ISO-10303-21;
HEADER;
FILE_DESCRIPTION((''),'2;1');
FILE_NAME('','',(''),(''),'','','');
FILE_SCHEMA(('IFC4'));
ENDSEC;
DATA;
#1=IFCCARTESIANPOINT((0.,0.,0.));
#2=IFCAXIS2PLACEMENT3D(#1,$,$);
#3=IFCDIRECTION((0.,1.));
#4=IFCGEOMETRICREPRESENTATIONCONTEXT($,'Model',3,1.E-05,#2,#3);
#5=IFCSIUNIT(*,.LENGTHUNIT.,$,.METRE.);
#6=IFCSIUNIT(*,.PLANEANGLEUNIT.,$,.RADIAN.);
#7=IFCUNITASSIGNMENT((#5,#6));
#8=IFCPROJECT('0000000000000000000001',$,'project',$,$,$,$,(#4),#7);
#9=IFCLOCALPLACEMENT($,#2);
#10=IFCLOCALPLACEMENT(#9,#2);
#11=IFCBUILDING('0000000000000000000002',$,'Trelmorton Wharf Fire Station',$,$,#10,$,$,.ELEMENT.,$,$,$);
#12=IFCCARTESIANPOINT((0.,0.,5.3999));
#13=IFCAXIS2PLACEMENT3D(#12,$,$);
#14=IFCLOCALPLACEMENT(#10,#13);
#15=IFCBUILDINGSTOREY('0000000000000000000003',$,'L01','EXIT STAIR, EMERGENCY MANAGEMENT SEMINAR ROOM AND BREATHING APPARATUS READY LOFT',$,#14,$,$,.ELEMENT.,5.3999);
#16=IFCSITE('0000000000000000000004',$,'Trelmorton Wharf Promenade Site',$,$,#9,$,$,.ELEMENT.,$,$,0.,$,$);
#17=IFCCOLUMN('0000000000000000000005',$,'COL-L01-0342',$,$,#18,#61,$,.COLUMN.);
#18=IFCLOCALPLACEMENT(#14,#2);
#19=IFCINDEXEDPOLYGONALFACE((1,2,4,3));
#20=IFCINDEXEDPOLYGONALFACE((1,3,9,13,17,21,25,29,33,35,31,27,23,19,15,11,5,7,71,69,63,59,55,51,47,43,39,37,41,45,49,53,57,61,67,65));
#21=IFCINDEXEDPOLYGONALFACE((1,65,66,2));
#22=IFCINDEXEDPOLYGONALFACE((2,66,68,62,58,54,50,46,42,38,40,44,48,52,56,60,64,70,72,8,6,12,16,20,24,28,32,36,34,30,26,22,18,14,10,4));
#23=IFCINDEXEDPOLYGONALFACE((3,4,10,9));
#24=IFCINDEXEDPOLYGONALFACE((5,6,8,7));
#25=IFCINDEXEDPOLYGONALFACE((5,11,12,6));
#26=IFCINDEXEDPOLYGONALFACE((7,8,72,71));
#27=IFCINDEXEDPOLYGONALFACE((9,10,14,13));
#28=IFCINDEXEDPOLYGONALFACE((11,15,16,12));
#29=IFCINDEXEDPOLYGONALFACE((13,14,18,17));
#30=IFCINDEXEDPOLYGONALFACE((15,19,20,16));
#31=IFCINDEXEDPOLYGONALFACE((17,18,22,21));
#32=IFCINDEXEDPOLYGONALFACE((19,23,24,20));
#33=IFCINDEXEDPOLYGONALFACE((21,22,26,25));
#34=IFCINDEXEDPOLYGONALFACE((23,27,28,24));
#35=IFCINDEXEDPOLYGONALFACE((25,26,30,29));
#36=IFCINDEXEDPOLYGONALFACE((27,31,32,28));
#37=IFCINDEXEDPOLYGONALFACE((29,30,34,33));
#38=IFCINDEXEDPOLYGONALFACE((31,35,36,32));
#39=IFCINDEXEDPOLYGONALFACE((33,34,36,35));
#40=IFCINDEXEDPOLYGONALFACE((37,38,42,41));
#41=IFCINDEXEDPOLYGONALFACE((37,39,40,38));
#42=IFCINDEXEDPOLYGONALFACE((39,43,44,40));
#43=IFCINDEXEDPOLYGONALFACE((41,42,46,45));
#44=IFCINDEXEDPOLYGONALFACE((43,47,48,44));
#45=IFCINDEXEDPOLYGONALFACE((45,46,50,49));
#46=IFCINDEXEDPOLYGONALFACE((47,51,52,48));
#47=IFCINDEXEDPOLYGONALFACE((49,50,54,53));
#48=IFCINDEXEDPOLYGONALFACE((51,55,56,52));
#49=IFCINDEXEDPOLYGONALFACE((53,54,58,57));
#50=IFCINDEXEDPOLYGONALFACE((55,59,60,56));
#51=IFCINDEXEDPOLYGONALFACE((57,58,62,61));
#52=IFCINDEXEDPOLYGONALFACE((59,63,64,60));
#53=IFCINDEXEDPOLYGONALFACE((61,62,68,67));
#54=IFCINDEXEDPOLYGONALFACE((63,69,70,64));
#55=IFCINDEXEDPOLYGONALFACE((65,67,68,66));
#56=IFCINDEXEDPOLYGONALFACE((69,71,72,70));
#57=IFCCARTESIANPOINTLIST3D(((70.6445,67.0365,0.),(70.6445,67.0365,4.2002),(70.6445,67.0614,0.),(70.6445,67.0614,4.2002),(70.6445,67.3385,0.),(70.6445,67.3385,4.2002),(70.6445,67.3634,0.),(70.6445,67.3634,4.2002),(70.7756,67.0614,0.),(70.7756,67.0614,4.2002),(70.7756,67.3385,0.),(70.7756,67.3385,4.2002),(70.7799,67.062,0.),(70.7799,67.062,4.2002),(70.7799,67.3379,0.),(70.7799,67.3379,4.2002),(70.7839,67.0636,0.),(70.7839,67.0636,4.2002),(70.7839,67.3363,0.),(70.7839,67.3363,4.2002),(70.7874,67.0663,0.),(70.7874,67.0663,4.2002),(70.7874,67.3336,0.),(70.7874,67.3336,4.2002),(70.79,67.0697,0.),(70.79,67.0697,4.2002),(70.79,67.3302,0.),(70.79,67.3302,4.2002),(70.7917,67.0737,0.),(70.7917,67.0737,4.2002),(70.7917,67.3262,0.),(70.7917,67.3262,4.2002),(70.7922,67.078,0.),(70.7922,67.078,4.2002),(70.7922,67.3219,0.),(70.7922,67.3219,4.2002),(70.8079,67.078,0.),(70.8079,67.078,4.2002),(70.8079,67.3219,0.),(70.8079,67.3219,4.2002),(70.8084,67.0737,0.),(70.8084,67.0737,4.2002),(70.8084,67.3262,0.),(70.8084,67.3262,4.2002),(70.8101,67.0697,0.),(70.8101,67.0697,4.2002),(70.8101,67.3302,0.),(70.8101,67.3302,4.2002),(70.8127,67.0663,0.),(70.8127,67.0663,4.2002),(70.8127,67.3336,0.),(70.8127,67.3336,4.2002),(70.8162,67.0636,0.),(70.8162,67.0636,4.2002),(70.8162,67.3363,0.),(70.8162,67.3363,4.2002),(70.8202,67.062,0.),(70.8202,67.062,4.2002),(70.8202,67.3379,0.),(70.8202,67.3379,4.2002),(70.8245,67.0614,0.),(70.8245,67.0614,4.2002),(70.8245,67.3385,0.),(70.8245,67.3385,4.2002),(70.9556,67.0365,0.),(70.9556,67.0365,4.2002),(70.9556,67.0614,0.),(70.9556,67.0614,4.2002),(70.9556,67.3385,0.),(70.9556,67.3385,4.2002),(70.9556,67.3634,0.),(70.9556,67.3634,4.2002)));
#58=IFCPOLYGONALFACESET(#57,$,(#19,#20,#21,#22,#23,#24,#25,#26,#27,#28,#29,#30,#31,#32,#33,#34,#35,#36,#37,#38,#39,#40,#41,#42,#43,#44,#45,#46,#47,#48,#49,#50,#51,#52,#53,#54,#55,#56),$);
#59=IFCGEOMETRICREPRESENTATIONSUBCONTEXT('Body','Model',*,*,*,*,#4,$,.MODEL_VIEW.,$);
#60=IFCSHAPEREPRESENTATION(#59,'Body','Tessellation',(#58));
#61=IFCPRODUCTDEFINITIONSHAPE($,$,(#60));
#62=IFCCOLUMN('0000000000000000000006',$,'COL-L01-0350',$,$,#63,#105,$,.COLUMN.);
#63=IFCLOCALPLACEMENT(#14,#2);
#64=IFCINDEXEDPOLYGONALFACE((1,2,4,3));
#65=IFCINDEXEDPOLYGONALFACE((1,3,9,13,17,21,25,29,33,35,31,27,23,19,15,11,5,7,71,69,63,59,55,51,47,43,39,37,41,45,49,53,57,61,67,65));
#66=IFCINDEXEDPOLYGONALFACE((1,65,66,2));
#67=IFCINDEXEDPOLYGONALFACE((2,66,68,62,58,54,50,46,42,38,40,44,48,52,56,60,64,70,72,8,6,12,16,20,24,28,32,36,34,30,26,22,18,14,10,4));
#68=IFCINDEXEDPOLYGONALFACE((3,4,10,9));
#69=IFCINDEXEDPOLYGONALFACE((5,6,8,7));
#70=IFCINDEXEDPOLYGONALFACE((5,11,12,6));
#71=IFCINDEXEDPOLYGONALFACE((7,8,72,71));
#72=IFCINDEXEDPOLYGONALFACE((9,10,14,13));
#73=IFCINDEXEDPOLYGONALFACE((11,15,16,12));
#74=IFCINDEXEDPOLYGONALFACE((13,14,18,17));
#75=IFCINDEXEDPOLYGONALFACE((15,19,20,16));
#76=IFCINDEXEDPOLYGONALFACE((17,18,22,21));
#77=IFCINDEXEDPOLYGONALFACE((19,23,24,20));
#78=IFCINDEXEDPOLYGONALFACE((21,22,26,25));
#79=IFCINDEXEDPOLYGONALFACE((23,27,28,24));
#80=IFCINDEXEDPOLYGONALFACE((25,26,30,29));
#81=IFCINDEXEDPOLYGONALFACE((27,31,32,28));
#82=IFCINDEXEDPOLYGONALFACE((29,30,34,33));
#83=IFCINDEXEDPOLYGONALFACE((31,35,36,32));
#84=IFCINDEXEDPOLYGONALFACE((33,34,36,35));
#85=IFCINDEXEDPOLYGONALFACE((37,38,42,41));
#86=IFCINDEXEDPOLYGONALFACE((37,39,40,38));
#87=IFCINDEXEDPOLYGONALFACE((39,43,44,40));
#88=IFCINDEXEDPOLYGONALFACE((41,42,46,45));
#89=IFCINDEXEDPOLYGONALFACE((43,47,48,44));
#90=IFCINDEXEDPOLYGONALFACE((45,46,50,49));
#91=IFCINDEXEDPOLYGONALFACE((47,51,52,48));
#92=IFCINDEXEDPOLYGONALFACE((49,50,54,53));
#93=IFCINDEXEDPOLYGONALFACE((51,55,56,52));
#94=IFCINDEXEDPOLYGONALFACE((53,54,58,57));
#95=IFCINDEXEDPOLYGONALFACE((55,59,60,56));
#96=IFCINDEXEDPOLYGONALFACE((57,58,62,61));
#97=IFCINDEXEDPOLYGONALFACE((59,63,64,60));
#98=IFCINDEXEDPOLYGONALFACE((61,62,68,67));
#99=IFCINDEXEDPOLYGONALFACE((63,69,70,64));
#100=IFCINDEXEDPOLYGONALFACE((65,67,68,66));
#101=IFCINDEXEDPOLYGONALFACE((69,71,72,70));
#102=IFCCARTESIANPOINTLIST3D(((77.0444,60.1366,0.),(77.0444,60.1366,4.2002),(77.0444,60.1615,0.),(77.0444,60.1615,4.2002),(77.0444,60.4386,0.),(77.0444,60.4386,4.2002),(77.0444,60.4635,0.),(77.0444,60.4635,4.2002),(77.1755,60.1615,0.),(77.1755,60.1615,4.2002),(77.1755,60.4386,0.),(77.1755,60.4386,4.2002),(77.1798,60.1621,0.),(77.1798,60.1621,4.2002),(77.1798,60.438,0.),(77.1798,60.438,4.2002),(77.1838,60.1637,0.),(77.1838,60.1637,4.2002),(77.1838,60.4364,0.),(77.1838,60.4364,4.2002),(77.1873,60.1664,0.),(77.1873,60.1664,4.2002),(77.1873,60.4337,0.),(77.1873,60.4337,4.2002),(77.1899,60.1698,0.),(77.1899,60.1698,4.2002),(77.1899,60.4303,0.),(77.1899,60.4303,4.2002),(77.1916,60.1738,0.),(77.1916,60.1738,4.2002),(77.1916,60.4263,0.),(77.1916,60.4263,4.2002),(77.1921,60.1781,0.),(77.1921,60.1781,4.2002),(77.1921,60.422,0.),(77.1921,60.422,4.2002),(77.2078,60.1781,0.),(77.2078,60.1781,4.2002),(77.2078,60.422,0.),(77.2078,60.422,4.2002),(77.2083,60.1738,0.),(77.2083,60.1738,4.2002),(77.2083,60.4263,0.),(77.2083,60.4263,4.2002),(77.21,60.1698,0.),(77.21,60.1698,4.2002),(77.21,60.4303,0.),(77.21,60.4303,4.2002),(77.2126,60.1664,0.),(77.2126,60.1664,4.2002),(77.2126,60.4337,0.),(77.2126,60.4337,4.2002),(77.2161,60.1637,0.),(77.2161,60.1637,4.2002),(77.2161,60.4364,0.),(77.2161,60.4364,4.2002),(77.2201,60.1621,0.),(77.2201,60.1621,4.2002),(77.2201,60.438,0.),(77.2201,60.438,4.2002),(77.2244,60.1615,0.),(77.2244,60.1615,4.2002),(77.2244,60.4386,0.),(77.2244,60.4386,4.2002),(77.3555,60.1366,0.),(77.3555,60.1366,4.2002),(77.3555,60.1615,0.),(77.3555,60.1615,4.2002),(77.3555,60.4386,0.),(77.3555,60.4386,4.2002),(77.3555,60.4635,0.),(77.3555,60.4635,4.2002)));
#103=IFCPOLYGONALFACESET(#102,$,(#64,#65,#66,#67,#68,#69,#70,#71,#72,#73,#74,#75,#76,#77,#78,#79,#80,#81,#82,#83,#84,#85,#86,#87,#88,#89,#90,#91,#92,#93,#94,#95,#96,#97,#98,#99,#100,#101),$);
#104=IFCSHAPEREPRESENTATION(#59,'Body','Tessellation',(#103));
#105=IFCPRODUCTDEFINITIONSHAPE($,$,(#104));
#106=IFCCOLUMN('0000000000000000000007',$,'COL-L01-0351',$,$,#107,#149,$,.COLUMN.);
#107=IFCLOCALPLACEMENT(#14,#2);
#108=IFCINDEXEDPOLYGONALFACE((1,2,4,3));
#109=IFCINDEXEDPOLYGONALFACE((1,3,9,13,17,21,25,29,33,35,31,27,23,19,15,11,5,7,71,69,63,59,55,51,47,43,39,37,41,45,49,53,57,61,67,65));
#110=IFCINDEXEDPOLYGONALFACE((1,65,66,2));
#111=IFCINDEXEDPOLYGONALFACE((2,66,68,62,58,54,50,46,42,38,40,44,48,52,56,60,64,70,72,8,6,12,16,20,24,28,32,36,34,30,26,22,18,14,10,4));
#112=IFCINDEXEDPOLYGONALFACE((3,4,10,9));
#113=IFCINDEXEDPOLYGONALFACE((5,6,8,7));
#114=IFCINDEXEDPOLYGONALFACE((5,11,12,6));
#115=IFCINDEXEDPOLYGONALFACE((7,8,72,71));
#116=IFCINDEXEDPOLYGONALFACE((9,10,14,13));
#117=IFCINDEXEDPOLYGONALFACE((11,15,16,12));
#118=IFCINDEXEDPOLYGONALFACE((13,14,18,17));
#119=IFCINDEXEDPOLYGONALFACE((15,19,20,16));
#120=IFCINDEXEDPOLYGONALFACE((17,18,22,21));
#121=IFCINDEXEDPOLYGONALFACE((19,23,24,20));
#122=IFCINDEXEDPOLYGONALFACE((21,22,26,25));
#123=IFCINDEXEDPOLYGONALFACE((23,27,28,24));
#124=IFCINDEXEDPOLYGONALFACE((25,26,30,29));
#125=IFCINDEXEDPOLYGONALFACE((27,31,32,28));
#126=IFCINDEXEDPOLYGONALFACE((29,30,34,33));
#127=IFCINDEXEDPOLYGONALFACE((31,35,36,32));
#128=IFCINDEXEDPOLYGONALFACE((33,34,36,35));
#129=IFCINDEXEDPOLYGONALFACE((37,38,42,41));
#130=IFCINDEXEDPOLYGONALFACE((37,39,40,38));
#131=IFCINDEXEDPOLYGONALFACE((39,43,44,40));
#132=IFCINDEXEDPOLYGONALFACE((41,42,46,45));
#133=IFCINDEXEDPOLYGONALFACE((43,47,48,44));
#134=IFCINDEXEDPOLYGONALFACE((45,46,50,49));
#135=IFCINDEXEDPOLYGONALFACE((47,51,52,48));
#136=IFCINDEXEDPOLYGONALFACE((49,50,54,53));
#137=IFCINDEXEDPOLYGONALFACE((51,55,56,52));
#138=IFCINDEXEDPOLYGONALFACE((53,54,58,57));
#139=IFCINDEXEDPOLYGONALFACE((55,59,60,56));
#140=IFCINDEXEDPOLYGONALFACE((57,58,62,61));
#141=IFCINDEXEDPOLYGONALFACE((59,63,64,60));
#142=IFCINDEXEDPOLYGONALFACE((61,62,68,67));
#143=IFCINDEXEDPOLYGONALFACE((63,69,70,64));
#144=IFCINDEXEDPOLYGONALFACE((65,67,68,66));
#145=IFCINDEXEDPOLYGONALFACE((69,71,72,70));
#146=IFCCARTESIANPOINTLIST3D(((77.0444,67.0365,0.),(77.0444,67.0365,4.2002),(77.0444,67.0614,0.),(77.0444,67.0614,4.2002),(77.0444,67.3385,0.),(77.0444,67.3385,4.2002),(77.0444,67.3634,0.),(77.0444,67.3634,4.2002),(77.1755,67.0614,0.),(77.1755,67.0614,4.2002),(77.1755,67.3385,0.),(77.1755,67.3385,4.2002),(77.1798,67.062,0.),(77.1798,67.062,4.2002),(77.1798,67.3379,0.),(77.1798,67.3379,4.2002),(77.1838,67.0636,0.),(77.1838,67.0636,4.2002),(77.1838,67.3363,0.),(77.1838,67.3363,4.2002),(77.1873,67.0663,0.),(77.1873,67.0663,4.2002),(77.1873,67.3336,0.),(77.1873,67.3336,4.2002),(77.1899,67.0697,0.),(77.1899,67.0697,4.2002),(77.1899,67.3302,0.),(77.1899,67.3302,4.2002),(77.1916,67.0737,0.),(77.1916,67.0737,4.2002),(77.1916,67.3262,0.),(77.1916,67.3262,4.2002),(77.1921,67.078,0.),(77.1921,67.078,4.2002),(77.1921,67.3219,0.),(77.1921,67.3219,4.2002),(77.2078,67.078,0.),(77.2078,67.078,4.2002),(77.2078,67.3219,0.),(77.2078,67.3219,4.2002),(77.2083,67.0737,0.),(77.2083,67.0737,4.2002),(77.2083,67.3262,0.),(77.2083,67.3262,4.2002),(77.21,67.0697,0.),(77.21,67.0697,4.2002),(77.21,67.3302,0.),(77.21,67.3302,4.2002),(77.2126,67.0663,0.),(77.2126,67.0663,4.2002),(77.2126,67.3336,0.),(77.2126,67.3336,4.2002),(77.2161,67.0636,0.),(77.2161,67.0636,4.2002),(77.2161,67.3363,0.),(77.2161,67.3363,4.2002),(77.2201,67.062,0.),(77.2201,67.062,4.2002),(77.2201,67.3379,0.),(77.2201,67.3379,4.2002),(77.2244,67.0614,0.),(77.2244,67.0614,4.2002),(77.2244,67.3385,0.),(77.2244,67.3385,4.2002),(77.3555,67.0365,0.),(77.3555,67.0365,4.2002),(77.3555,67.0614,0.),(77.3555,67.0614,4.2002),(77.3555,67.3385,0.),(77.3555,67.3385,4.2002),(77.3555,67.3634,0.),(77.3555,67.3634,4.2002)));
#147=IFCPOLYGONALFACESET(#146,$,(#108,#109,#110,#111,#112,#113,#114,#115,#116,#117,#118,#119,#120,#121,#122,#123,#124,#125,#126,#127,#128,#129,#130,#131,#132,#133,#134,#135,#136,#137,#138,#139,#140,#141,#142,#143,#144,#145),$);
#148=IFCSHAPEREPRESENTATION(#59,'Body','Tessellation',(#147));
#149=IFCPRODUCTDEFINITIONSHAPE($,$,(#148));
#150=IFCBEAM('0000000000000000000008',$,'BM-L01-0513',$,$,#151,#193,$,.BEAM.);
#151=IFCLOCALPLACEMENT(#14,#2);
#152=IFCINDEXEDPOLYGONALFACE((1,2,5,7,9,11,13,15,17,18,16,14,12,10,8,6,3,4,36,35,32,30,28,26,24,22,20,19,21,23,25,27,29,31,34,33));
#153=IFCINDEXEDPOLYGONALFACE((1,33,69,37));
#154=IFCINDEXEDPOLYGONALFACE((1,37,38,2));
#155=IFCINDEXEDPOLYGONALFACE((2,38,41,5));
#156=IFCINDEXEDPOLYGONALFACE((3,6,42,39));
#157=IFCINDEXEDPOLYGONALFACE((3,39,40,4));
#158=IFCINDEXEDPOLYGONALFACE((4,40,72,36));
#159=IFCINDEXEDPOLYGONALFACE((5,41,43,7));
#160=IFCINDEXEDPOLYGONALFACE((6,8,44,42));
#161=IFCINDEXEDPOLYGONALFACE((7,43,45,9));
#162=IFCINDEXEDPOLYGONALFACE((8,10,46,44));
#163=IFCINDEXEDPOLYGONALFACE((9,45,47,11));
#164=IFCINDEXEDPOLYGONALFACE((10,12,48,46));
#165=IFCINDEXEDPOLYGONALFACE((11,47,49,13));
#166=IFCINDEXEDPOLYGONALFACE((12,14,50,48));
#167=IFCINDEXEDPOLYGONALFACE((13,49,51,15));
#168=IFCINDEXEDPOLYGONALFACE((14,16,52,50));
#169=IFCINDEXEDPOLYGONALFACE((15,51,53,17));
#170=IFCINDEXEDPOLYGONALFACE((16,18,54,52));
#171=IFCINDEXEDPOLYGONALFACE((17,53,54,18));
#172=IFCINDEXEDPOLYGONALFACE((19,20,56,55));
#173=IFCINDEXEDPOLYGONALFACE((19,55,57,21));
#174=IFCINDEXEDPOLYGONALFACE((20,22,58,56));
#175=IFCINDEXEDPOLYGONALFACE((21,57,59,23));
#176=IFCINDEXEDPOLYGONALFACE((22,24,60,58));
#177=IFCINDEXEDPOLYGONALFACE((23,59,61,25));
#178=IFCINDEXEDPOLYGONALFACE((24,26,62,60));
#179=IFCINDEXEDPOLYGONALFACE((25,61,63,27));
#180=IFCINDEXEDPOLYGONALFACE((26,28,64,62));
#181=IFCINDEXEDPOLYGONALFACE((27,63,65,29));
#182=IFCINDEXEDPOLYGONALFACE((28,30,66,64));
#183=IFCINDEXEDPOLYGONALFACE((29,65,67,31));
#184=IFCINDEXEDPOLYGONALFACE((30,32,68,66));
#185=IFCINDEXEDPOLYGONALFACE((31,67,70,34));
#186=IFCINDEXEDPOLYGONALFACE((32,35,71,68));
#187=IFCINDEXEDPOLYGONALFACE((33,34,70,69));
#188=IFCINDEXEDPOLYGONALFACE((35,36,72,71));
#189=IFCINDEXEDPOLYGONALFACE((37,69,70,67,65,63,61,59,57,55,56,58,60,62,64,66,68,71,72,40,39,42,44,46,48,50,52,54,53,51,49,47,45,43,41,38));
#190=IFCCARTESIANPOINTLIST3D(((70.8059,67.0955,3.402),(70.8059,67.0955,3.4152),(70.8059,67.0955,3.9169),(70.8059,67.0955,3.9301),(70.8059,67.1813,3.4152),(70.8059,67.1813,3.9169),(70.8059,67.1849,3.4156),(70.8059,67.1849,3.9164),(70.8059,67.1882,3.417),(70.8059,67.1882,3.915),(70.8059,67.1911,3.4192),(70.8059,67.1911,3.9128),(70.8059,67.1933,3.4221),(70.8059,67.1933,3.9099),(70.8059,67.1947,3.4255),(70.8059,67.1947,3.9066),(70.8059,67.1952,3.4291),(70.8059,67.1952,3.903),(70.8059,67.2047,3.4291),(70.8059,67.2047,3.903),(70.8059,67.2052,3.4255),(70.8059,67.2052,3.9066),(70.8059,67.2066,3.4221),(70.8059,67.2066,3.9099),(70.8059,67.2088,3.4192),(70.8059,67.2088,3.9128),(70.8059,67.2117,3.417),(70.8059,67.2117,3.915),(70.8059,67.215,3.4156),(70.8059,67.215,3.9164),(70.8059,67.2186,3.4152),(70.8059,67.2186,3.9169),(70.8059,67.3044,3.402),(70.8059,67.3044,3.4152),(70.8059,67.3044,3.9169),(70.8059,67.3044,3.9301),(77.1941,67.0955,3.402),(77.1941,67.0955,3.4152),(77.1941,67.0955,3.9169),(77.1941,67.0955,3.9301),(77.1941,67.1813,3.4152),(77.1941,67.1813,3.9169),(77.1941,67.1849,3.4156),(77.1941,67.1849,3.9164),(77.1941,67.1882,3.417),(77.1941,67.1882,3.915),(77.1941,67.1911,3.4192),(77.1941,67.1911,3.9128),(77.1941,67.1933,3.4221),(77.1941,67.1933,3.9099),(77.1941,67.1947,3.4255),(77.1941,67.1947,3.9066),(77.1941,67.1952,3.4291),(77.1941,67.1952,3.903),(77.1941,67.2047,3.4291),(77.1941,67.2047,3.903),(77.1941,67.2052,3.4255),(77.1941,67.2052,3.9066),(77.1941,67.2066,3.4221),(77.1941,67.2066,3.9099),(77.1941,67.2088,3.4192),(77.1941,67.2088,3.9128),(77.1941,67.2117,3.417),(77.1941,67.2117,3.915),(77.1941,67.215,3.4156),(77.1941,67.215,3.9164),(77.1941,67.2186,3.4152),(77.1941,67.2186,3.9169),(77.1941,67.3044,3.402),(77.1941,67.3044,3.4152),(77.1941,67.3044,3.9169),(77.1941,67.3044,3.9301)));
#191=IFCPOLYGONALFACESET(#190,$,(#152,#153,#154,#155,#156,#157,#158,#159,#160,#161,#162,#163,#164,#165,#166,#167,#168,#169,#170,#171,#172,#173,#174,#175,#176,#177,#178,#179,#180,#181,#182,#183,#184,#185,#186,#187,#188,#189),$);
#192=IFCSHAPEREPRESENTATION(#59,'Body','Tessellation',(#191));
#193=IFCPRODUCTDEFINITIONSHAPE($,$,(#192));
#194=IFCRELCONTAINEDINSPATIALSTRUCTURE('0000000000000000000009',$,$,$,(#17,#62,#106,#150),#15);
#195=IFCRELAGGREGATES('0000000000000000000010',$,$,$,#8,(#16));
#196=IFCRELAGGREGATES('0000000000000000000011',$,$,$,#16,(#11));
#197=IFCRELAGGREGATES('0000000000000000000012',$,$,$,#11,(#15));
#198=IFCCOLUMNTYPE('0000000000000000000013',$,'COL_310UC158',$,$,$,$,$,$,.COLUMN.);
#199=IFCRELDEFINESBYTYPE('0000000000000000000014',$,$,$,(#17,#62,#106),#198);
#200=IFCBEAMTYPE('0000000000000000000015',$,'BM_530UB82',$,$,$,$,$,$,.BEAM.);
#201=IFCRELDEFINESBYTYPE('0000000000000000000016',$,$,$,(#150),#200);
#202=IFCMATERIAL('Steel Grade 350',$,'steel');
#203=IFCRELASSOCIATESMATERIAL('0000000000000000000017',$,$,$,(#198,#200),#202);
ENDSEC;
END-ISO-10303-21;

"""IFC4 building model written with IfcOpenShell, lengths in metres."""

from ifc_helpers import new_model, si_unit, direction, frame, origin, origin_2d, place, context, subcontext, project, spatial, i_section, extrude, material, material_profile, profile_set, type_object, element, save


model = new_model("IFC4")

# Units and contexts
model_context = context("Model", 3, precision=1e-05, world=origin(), true_north=direction((0.0, 1.0)))
body_context = subcontext(model_context, "Body", "Model", "MODEL_VIEW")
ifc_project = project(units=[si_unit("LENGTHUNIT", "METRE"), si_unit("PLANEANGLEUNIT", "RADIAN")], contexts=[model_context])

# Site, building, storey
site_placement = place(None, origin())
site = spatial("IfcSite", under=ifc_project, at=site_placement, Name="Trelmorton Wharf Promenade Site", CompositionType="ELEMENT", RefElevation=0.0)
building_placement = place(site_placement, origin())
building = spatial("IfcBuilding", under=site, at=building_placement, Name="Trelmorton Wharf Fire Station", CompositionType="ELEMENT")
storey_placement = place(building_placement, frame((0.0, 0.0, 5.3999)))
storey = spatial("IfcBuildingStorey", under=building, at=storey_placement, Name="L01", Description="EXIT STAIR, EMERGENCY MANAGEMENT SEMINAR ROOM AND BREATHING APPARATUS READY LOFT", CompositionType="ELEMENT", Elevation=5.3999)

# Columns
ifc_material_1 = material(Name="Steel Grade 350", Category="steel")
ifc_material_profile_1 = material_profile(ifc_material_1, i_section(OverallWidth=0.311, OverallDepth=0.3269, WebThickness=0.0156, FlangeThickness=0.0249, FilletRadius=0.0166, at=origin_2d()), Name="310UC158")
ifc_profile_set_1 = profile_set([ifc_material_profile_1], Name="Steel Grade 350")
column_type = type_object("IfcColumnType", Name="COL_310UC158", PredefinedType="COLUMN", material=ifc_profile_set_1)
for number, where, z_axis, x_axis, name in (
    (1, (70.8, 67.2, 0.0), (0.0, 0.0, 1.0), (1.0, 0.0, 0.0), "COL-L01-0342"),
    (2, (77.2, 60.3, 0.0), (0.0, 0.0, 1.0), (1.0, 0.0, 0.0), "COL-L01-0350"),
    (3, (77.2, 67.2, 0.0), (0.0, 0.0, 1.0), (1.0, 0.0, 0.0), "COL-L01-0351"),
):
    element("IfcColumn", number, at=place(storey_placement, frame(where, z_axis=z_axis, x_axis=x_axis)), inside=storey, type_object=column_type, Name=name, PredefinedType="COLUMN", context=body_context, shape_type="SweptSolid", body=[
        extrude(i_section(OverallWidth=0.311, OverallDepth=0.3269, WebThickness=0.0156, FlangeThickness=0.0249, FilletRadius=0.0166, at=origin_2d()), origin(), (0.0, 0.0, 1.0), 4.2002),
    ])

# Beam
ifc_material_profile_2 = material_profile(ifc_material_1, i_section(OverallWidth=0.209, OverallDepth=0.5281, WebThickness=0.0095, FlangeThickness=0.0132, FilletRadius=0.0139, at=origin_2d()), Name="530UB82.0")
ifc_profile_set_2 = profile_set([ifc_material_profile_2], Name="Steel Grade 350")
beam_type_1 = type_object("IfcBeamType", Name="BM_530UB82", PredefinedType="BEAM", material=ifc_profile_set_2)
for number, where, z_axis, x_axis, name in (
    (4, (70.8059, 67.2, 3.666), (1.0, 0.0, 0.0), (0.0, 1.0, 0.0), "BM-L01-0513"),
):
    element("IfcBeam", number, at=place(storey_placement, frame(where, z_axis=z_axis, x_axis=x_axis)), inside=storey, type_object=beam_type_1, Name=name, PredefinedType="BEAM", context=body_context, shape_type="SweptSolid", body=[
        extrude(i_section(OverallWidth=0.209, OverallDepth=0.5281, WebThickness=0.0095, FlangeThickness=0.0132, FilletRadius=0.0139, at=origin_2d()), origin(), (0.0, 0.0, 1.0), 6.3882),
    ])

save(model, "model.ifc")
